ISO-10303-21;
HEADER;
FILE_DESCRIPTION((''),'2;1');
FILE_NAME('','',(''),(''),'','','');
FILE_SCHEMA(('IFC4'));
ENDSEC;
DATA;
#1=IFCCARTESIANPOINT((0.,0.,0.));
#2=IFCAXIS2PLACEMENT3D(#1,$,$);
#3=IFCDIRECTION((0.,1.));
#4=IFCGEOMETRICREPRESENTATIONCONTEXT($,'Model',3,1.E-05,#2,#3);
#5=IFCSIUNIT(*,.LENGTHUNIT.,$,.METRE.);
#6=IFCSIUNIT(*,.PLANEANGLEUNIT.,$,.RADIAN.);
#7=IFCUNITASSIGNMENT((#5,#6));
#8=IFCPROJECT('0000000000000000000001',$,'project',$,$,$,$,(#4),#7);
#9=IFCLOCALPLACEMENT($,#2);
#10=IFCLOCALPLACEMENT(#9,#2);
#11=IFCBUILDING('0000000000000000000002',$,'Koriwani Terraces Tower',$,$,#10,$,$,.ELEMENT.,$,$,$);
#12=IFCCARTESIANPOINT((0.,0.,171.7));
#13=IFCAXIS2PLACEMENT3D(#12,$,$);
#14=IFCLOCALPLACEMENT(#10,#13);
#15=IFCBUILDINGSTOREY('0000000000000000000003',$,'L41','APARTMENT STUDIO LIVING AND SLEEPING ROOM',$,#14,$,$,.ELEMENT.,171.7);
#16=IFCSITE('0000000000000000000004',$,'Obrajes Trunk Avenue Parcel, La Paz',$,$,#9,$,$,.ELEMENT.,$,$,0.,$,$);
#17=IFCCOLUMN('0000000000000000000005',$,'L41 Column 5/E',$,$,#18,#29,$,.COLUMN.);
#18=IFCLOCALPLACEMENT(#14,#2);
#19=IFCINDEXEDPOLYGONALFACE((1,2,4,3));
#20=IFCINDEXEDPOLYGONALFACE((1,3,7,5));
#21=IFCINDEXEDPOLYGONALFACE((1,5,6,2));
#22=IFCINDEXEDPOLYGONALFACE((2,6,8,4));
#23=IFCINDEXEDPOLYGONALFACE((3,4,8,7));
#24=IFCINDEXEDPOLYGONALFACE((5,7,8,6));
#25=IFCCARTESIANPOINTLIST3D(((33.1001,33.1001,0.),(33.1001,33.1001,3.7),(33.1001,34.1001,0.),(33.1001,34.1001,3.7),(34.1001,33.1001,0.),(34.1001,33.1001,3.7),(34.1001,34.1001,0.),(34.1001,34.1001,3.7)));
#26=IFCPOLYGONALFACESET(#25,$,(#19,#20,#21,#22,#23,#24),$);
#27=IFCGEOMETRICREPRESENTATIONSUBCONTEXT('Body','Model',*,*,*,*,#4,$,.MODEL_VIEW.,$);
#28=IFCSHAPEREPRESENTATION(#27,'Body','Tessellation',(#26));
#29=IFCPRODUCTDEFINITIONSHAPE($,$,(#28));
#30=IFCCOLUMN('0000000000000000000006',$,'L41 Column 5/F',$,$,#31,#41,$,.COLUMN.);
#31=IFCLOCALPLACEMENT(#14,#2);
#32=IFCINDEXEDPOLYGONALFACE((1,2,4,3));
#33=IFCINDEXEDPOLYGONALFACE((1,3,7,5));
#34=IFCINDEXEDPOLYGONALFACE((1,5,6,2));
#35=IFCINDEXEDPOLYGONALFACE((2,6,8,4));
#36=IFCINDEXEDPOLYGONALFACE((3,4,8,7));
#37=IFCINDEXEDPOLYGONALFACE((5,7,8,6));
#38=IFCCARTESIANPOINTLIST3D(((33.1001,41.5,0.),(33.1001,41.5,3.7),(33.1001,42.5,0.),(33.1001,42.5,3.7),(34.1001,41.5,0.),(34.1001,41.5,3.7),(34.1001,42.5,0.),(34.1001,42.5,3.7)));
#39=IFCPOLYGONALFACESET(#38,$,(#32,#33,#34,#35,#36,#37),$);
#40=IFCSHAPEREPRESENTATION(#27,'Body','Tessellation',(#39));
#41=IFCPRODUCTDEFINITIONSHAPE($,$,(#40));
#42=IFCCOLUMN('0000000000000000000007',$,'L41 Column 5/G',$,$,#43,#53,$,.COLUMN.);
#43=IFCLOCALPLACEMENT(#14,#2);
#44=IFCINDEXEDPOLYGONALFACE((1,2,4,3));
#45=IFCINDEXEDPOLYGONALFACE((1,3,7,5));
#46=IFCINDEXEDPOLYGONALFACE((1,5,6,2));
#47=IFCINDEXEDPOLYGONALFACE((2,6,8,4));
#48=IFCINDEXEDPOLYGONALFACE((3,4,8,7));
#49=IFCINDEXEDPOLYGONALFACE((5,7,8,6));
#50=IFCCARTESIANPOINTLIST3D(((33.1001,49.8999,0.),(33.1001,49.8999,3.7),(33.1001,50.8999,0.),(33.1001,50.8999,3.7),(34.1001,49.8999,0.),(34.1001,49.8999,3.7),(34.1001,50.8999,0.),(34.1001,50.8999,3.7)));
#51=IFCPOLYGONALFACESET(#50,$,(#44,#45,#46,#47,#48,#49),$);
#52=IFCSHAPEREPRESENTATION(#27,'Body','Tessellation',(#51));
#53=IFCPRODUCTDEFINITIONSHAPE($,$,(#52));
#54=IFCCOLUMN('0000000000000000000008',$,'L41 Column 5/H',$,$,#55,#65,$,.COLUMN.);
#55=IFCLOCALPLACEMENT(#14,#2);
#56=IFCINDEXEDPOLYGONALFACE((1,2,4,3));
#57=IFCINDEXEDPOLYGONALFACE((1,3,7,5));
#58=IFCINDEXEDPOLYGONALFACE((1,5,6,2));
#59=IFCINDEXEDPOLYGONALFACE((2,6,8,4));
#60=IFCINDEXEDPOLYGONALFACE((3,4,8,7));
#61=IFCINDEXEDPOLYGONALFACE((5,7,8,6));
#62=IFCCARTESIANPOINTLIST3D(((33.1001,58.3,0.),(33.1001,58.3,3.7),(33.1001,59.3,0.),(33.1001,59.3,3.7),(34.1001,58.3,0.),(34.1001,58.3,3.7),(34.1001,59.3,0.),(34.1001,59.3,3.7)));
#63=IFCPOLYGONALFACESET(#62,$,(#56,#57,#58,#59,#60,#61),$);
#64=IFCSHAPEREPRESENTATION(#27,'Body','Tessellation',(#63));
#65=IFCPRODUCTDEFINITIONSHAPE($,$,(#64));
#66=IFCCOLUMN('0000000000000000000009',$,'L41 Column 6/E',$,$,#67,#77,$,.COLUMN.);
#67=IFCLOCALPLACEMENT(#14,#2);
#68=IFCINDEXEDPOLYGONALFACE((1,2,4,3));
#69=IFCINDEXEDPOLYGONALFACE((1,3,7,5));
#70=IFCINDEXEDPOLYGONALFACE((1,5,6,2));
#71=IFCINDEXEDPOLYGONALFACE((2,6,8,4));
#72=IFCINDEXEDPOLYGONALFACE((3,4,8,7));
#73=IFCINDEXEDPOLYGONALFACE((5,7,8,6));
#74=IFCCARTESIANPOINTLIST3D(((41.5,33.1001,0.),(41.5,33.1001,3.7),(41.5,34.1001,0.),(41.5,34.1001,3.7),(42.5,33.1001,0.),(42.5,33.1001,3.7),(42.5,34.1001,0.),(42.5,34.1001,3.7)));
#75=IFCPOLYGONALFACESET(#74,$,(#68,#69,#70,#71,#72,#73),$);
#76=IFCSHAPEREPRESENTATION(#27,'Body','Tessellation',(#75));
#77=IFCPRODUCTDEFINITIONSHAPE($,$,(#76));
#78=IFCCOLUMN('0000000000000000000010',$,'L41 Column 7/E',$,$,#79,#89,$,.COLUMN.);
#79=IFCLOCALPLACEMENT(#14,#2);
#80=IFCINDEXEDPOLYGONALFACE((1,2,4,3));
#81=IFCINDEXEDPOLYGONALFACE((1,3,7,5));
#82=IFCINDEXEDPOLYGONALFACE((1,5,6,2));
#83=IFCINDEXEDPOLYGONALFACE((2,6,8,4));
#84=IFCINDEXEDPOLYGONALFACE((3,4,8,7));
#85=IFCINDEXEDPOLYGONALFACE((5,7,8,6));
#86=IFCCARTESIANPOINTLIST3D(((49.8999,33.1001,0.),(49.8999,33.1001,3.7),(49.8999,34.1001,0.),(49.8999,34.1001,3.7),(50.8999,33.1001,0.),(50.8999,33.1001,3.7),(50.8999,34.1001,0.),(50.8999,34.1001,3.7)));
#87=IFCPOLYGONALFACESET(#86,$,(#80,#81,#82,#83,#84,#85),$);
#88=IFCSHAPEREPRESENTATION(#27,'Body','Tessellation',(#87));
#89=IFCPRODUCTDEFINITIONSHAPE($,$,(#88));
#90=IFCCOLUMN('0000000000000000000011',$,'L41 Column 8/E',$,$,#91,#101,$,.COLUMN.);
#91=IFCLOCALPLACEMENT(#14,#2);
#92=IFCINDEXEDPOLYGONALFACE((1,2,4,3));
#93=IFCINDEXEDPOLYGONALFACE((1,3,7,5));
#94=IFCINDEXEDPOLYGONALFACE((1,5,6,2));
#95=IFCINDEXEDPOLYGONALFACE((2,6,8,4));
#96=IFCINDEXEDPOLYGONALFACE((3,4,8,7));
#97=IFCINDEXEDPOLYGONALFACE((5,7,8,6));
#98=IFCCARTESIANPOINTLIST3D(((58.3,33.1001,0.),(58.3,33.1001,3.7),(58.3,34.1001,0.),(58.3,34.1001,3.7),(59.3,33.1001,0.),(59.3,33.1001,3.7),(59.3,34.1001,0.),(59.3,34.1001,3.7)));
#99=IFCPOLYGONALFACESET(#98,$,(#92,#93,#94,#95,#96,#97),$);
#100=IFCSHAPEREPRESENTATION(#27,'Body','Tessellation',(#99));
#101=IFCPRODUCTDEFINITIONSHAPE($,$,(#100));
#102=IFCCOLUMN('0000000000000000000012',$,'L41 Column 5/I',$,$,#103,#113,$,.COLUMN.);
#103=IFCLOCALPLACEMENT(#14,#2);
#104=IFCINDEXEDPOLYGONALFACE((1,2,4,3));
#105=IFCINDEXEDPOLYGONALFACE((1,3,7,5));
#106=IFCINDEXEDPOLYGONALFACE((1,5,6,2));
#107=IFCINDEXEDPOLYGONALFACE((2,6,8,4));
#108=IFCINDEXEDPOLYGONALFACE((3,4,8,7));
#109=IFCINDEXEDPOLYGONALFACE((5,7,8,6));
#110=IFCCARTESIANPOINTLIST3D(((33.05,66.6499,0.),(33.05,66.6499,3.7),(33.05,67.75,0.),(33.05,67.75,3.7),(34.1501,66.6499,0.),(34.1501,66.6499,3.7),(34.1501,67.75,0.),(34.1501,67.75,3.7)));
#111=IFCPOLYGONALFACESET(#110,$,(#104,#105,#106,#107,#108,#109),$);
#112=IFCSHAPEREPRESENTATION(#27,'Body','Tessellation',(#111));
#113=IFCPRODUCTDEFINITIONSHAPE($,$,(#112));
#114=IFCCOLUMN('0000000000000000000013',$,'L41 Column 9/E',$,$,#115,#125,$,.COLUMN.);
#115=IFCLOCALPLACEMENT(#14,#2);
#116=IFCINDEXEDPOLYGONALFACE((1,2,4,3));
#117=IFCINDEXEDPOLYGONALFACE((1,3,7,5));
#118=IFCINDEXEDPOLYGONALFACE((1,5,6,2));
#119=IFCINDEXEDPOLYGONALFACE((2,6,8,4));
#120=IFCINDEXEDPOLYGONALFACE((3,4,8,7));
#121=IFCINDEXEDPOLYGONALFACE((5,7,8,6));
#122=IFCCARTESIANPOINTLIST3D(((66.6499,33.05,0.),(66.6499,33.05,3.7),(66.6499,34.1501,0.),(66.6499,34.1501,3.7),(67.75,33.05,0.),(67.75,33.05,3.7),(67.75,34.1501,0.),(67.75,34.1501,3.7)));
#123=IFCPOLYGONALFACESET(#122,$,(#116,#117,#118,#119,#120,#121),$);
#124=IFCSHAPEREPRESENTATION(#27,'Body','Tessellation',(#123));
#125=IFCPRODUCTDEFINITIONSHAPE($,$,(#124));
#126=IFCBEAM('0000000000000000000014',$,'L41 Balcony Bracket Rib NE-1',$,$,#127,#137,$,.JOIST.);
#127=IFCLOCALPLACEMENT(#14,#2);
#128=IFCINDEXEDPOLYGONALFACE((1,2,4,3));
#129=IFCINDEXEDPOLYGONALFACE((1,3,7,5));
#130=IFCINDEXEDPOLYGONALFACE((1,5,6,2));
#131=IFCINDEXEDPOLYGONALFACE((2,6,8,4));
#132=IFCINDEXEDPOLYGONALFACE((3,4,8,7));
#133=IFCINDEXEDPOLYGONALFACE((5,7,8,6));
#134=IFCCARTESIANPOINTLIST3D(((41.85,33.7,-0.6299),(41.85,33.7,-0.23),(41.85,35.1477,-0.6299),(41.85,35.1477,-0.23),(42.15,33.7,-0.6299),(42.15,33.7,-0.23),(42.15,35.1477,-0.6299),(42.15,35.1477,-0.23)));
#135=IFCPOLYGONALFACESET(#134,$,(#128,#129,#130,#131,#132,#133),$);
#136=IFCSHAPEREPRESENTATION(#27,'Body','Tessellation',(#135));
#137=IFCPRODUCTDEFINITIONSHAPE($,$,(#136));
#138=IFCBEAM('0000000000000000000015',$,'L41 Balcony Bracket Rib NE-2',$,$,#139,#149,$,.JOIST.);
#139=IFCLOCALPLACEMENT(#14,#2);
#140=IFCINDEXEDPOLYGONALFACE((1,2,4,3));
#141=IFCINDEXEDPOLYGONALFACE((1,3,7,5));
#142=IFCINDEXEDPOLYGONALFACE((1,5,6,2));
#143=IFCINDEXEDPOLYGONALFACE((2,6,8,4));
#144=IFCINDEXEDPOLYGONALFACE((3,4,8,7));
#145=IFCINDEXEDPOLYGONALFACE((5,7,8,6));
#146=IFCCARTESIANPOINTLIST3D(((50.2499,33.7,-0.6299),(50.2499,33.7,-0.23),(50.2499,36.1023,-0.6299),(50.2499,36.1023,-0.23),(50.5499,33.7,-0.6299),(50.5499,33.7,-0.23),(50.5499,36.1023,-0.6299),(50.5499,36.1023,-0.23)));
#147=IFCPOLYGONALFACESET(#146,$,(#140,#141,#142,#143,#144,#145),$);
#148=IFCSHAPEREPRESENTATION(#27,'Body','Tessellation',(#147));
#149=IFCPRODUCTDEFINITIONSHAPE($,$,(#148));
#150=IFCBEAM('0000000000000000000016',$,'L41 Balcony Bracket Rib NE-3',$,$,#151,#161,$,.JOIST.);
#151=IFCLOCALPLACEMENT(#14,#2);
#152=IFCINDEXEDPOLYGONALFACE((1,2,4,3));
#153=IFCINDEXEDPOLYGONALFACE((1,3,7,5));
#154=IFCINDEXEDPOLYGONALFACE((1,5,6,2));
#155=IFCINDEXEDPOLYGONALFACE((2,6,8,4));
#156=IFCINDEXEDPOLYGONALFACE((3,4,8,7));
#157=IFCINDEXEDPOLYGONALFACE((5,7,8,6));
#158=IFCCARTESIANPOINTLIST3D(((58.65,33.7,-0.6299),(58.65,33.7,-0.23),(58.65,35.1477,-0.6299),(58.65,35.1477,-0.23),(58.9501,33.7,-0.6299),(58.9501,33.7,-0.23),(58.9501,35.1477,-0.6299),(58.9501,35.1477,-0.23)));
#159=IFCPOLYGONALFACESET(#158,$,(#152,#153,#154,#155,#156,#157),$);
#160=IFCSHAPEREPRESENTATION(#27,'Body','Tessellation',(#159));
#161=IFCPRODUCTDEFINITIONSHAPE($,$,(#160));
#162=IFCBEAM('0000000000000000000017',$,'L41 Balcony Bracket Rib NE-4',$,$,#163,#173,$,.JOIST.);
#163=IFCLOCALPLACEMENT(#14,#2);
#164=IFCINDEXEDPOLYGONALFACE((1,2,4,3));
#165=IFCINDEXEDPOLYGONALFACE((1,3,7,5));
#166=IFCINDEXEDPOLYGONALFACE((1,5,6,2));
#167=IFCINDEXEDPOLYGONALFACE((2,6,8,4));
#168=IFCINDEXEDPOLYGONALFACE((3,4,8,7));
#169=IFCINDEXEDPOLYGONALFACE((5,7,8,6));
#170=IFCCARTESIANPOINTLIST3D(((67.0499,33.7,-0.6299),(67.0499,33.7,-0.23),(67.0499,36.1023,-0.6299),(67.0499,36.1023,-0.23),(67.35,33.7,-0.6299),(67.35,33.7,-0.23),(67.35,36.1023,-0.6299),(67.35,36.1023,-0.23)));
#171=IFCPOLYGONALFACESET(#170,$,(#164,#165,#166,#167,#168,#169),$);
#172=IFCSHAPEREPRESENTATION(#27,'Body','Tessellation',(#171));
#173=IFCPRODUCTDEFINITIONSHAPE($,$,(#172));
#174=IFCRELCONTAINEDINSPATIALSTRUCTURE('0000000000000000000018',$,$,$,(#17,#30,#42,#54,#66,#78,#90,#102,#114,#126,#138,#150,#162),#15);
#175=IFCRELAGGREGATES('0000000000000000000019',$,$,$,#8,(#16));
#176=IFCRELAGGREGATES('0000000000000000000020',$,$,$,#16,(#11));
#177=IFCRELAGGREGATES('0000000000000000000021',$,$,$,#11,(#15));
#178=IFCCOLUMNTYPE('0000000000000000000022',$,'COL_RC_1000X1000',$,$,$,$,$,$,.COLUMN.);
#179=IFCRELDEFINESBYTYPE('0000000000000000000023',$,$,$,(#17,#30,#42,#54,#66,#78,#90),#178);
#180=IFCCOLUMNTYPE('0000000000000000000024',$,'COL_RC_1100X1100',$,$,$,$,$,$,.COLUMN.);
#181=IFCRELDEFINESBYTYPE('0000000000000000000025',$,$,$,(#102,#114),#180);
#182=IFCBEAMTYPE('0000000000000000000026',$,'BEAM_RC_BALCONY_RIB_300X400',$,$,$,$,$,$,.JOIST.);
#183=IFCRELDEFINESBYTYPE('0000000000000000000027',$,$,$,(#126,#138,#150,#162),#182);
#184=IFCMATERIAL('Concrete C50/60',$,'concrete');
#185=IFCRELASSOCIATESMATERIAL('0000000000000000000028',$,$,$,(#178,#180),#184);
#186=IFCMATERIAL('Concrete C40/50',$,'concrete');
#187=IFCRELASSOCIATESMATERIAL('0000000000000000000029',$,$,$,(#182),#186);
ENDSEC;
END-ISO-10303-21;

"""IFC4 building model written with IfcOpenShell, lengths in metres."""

from ifc_helpers import new_model, si_unit, direction, frame, origin, origin_2d, place, context, subcontext, project, spatial, rectangle, extrude, material, material_profile, profile_set, type_object, element, save


model = new_model("IFC4")

# Units and contexts
model_context = context("Model", 3, precision=1e-05, world=origin(), true_north=direction((0.0, 1.0)))
body_context = subcontext(model_context, "Body", "Model", "MODEL_VIEW")
ifc_project = project(units=[si_unit("LENGTHUNIT", "METRE"), si_unit("PLANEANGLEUNIT", "RADIAN")], contexts=[model_context])

# Site, building, storey
site_placement = place(None, origin())
site = spatial("IfcSite", under=ifc_project, at=site_placement, Name="Obrajes Trunk Avenue Parcel, La Paz", CompositionType="ELEMENT", RefElevation=0.0)
building_placement = place(site_placement, origin())
building = spatial("IfcBuilding", under=site, at=building_placement, Name="Koriwani Terraces Tower", CompositionType="ELEMENT")
storey_placement = place(building_placement, frame((0.0, 0.0, 171.7)))
storey = spatial("IfcBuildingStorey", under=building, at=storey_placement, Name="L41", Description="APARTMENT STUDIO LIVING AND SLEEPING ROOM", CompositionType="ELEMENT", Elevation=171.7)

# Columns
ifc_material_1 = material(Name="Concrete C50/60", Category="concrete")
ifc_material_profile_1 = material_profile(ifc_material_1, rectangle(XDim=1.0, YDim=1.0, at=origin_2d()), Name="Concrete C50/60", Category="LoadBearing")
ifc_profile_set_1 = profile_set([ifc_material_profile_1], Name="Concrete C50/60")
column_type_1 = type_object("IfcColumnType", Name="COL_RC_1000X1000", PredefinedType="COLUMN", material=ifc_profile_set_1)
for number, where, z_axis, x_axis, name in (
    (1, (33.6001, 33.6001, 0.0), (0.0, 0.0, 1.0), (1.0, 0.0, 0.0), "L41 Column 5/E"),
    (2, (33.6001, 42.0, 0.0), (0.0, 0.0, 1.0), (1.0, 0.0, 0.0), "L41 Column 5/F"),
    (3, (33.6001, 50.3999, 0.0), (0.0, 0.0, 1.0), (1.0, 0.0, 0.0), "L41 Column 5/G"),
    (4, (33.6001, 58.8, 0.0), (0.0, 0.0, 1.0), (1.0, 0.0, 0.0), "L41 Column 5/H"),
    (5, (42.0, 33.6001, 0.0), (0.0, 0.0, 1.0), (1.0, 0.0, 0.0), "L41 Column 6/E"),
    (6, (50.3999, 33.6001, 0.0), (0.0, 0.0, 1.0), (1.0, 0.0, 0.0), "L41 Column 7/E"),
    (7, (58.8, 33.6001, 0.0), (0.0, 0.0, 1.0), (1.0, 0.0, 0.0), "L41 Column 8/E"),
):
    element("IfcColumn", number, at=place(storey_placement, frame(where, z_axis=z_axis, x_axis=x_axis)), inside=storey, type_object=column_type_1, Name=name, PredefinedType="COLUMN", context=body_context, shape_type="SweptSolid", body=[
        extrude(rectangle(XDim=1.0, YDim=1.0, at=origin_2d()), origin(), (0.0, 0.0, 1.0), 3.7),
    ])
ifc_material_profile_2 = material_profile(ifc_material_1, rectangle(XDim=1.1001, YDim=1.1001, at=origin_2d()), Name="Concrete C50/60", Category="LoadBearing")
ifc_profile_set_2 = profile_set([ifc_material_profile_2], Name="Concrete C50/60")
column_type_2 = type_object("IfcColumnType", Name="COL_RC_1100X1100", PredefinedType="COLUMN", material=ifc_profile_set_2)
for number, where, z_axis, x_axis, name in (
    (8, (33.6001, 67.2, 0.0), (0.0, 0.0, 1.0), (1.0, 0.0, 0.0), "L41 Column 5/I"),
    (9, (67.2, 33.6001, 0.0), (0.0, 0.0, 1.0), (1.0, 0.0, 0.0), "L41 Column 9/E"),
):
    element("IfcColumn", number, at=place(storey_placement, frame(where, z_axis=z_axis, x_axis=x_axis)), inside=storey, type_object=column_type_2, Name=name, PredefinedType="COLUMN", context=body_context, shape_type="SweptSolid", body=[
        extrude(rectangle(XDim=1.1001, YDim=1.1001, at=origin_2d()), origin(), (0.0, 0.0, 1.0), 3.7),
    ])

# Beams
ifc_material_2 = material(Name="Concrete C40/50", Category="concrete")
ifc_material_profile_3 = material_profile(ifc_material_2, rectangle(XDim=0.3, YDim=0.3999, at=origin_2d()), Name="Concrete C40/50", Category="LoadBearing")
ifc_profile_set_3 = profile_set([ifc_material_profile_3], Name="Concrete C40/50")
beam_type = type_object("IfcBeamType", Name="BEAM_RC_BALCONY_RIB_300X400", PredefinedType="JOIST", material=ifc_profile_set_3)
beam_1_placement = place(storey_placement, frame((42.0, 33.7, -0.4299), z_axis=(0.0, 1.0, 0.0), x_axis=(-1.0, 0.0, 0.0)))
element("IfcBeam", 10, at=beam_1_placement, inside=storey, type_object=beam_type, Name="L41 Balcony Bracket Rib NE-1", PredefinedType="JOIST", context=body_context, shape_type="SweptSolid", body=[
    extrude(rectangle(XDim=0.3, YDim=0.3999, at=origin_2d()), origin(), (0.0, 0.0, 1.0), 1.4478),
])
beam_2_placement = place(storey_placement, frame((50.3999, 33.7, -0.4299), z_axis=(0.0, 1.0, 0.0), x_axis=(-1.0, 0.0, 0.0)))
element("IfcBeam", 11, at=beam_2_placement, inside=storey, type_object=beam_type, Name="L41 Balcony Bracket Rib NE-2", PredefinedType="JOIST", context=body_context, shape_type="SweptSolid", body=[
    extrude(rectangle(XDim=0.3, YDim=0.3999, at=origin_2d()), origin(), (0.0, 0.0, 1.0), 2.4023),
])
beam_3_placement = place(storey_placement, frame((58.8, 33.7, -0.4299), z_axis=(0.0, 1.0, 0.0), x_axis=(-1.0, 0.0, 0.0)))
element("IfcBeam", 12, at=beam_3_placement, inside=storey, type_object=beam_type, Name="L41 Balcony Bracket Rib NE-3", PredefinedType="JOIST", context=body_context, shape_type="SweptSolid", body=[
    extrude(rectangle(XDim=0.3, YDim=0.3999, at=origin_2d()), origin(), (0.0, 0.0, 1.0), 1.4478),
])
beam_4_placement = place(storey_placement, frame((67.2, 33.7, -0.4299), z_axis=(0.0, 1.0, 0.0), x_axis=(-1.0, 0.0, 0.0)))
element("IfcBeam", 13, at=beam_4_placement, inside=storey, type_object=beam_type, Name="L41 Balcony Bracket Rib NE-4", PredefinedType="JOIST", context=body_context, shape_type="SweptSolid", body=[
    extrude(rectangle(XDim=0.3, YDim=0.3999, at=origin_2d()), origin(), (0.0, 0.0, 1.0), 2.4023),
])

save(model, "model.ifc")
